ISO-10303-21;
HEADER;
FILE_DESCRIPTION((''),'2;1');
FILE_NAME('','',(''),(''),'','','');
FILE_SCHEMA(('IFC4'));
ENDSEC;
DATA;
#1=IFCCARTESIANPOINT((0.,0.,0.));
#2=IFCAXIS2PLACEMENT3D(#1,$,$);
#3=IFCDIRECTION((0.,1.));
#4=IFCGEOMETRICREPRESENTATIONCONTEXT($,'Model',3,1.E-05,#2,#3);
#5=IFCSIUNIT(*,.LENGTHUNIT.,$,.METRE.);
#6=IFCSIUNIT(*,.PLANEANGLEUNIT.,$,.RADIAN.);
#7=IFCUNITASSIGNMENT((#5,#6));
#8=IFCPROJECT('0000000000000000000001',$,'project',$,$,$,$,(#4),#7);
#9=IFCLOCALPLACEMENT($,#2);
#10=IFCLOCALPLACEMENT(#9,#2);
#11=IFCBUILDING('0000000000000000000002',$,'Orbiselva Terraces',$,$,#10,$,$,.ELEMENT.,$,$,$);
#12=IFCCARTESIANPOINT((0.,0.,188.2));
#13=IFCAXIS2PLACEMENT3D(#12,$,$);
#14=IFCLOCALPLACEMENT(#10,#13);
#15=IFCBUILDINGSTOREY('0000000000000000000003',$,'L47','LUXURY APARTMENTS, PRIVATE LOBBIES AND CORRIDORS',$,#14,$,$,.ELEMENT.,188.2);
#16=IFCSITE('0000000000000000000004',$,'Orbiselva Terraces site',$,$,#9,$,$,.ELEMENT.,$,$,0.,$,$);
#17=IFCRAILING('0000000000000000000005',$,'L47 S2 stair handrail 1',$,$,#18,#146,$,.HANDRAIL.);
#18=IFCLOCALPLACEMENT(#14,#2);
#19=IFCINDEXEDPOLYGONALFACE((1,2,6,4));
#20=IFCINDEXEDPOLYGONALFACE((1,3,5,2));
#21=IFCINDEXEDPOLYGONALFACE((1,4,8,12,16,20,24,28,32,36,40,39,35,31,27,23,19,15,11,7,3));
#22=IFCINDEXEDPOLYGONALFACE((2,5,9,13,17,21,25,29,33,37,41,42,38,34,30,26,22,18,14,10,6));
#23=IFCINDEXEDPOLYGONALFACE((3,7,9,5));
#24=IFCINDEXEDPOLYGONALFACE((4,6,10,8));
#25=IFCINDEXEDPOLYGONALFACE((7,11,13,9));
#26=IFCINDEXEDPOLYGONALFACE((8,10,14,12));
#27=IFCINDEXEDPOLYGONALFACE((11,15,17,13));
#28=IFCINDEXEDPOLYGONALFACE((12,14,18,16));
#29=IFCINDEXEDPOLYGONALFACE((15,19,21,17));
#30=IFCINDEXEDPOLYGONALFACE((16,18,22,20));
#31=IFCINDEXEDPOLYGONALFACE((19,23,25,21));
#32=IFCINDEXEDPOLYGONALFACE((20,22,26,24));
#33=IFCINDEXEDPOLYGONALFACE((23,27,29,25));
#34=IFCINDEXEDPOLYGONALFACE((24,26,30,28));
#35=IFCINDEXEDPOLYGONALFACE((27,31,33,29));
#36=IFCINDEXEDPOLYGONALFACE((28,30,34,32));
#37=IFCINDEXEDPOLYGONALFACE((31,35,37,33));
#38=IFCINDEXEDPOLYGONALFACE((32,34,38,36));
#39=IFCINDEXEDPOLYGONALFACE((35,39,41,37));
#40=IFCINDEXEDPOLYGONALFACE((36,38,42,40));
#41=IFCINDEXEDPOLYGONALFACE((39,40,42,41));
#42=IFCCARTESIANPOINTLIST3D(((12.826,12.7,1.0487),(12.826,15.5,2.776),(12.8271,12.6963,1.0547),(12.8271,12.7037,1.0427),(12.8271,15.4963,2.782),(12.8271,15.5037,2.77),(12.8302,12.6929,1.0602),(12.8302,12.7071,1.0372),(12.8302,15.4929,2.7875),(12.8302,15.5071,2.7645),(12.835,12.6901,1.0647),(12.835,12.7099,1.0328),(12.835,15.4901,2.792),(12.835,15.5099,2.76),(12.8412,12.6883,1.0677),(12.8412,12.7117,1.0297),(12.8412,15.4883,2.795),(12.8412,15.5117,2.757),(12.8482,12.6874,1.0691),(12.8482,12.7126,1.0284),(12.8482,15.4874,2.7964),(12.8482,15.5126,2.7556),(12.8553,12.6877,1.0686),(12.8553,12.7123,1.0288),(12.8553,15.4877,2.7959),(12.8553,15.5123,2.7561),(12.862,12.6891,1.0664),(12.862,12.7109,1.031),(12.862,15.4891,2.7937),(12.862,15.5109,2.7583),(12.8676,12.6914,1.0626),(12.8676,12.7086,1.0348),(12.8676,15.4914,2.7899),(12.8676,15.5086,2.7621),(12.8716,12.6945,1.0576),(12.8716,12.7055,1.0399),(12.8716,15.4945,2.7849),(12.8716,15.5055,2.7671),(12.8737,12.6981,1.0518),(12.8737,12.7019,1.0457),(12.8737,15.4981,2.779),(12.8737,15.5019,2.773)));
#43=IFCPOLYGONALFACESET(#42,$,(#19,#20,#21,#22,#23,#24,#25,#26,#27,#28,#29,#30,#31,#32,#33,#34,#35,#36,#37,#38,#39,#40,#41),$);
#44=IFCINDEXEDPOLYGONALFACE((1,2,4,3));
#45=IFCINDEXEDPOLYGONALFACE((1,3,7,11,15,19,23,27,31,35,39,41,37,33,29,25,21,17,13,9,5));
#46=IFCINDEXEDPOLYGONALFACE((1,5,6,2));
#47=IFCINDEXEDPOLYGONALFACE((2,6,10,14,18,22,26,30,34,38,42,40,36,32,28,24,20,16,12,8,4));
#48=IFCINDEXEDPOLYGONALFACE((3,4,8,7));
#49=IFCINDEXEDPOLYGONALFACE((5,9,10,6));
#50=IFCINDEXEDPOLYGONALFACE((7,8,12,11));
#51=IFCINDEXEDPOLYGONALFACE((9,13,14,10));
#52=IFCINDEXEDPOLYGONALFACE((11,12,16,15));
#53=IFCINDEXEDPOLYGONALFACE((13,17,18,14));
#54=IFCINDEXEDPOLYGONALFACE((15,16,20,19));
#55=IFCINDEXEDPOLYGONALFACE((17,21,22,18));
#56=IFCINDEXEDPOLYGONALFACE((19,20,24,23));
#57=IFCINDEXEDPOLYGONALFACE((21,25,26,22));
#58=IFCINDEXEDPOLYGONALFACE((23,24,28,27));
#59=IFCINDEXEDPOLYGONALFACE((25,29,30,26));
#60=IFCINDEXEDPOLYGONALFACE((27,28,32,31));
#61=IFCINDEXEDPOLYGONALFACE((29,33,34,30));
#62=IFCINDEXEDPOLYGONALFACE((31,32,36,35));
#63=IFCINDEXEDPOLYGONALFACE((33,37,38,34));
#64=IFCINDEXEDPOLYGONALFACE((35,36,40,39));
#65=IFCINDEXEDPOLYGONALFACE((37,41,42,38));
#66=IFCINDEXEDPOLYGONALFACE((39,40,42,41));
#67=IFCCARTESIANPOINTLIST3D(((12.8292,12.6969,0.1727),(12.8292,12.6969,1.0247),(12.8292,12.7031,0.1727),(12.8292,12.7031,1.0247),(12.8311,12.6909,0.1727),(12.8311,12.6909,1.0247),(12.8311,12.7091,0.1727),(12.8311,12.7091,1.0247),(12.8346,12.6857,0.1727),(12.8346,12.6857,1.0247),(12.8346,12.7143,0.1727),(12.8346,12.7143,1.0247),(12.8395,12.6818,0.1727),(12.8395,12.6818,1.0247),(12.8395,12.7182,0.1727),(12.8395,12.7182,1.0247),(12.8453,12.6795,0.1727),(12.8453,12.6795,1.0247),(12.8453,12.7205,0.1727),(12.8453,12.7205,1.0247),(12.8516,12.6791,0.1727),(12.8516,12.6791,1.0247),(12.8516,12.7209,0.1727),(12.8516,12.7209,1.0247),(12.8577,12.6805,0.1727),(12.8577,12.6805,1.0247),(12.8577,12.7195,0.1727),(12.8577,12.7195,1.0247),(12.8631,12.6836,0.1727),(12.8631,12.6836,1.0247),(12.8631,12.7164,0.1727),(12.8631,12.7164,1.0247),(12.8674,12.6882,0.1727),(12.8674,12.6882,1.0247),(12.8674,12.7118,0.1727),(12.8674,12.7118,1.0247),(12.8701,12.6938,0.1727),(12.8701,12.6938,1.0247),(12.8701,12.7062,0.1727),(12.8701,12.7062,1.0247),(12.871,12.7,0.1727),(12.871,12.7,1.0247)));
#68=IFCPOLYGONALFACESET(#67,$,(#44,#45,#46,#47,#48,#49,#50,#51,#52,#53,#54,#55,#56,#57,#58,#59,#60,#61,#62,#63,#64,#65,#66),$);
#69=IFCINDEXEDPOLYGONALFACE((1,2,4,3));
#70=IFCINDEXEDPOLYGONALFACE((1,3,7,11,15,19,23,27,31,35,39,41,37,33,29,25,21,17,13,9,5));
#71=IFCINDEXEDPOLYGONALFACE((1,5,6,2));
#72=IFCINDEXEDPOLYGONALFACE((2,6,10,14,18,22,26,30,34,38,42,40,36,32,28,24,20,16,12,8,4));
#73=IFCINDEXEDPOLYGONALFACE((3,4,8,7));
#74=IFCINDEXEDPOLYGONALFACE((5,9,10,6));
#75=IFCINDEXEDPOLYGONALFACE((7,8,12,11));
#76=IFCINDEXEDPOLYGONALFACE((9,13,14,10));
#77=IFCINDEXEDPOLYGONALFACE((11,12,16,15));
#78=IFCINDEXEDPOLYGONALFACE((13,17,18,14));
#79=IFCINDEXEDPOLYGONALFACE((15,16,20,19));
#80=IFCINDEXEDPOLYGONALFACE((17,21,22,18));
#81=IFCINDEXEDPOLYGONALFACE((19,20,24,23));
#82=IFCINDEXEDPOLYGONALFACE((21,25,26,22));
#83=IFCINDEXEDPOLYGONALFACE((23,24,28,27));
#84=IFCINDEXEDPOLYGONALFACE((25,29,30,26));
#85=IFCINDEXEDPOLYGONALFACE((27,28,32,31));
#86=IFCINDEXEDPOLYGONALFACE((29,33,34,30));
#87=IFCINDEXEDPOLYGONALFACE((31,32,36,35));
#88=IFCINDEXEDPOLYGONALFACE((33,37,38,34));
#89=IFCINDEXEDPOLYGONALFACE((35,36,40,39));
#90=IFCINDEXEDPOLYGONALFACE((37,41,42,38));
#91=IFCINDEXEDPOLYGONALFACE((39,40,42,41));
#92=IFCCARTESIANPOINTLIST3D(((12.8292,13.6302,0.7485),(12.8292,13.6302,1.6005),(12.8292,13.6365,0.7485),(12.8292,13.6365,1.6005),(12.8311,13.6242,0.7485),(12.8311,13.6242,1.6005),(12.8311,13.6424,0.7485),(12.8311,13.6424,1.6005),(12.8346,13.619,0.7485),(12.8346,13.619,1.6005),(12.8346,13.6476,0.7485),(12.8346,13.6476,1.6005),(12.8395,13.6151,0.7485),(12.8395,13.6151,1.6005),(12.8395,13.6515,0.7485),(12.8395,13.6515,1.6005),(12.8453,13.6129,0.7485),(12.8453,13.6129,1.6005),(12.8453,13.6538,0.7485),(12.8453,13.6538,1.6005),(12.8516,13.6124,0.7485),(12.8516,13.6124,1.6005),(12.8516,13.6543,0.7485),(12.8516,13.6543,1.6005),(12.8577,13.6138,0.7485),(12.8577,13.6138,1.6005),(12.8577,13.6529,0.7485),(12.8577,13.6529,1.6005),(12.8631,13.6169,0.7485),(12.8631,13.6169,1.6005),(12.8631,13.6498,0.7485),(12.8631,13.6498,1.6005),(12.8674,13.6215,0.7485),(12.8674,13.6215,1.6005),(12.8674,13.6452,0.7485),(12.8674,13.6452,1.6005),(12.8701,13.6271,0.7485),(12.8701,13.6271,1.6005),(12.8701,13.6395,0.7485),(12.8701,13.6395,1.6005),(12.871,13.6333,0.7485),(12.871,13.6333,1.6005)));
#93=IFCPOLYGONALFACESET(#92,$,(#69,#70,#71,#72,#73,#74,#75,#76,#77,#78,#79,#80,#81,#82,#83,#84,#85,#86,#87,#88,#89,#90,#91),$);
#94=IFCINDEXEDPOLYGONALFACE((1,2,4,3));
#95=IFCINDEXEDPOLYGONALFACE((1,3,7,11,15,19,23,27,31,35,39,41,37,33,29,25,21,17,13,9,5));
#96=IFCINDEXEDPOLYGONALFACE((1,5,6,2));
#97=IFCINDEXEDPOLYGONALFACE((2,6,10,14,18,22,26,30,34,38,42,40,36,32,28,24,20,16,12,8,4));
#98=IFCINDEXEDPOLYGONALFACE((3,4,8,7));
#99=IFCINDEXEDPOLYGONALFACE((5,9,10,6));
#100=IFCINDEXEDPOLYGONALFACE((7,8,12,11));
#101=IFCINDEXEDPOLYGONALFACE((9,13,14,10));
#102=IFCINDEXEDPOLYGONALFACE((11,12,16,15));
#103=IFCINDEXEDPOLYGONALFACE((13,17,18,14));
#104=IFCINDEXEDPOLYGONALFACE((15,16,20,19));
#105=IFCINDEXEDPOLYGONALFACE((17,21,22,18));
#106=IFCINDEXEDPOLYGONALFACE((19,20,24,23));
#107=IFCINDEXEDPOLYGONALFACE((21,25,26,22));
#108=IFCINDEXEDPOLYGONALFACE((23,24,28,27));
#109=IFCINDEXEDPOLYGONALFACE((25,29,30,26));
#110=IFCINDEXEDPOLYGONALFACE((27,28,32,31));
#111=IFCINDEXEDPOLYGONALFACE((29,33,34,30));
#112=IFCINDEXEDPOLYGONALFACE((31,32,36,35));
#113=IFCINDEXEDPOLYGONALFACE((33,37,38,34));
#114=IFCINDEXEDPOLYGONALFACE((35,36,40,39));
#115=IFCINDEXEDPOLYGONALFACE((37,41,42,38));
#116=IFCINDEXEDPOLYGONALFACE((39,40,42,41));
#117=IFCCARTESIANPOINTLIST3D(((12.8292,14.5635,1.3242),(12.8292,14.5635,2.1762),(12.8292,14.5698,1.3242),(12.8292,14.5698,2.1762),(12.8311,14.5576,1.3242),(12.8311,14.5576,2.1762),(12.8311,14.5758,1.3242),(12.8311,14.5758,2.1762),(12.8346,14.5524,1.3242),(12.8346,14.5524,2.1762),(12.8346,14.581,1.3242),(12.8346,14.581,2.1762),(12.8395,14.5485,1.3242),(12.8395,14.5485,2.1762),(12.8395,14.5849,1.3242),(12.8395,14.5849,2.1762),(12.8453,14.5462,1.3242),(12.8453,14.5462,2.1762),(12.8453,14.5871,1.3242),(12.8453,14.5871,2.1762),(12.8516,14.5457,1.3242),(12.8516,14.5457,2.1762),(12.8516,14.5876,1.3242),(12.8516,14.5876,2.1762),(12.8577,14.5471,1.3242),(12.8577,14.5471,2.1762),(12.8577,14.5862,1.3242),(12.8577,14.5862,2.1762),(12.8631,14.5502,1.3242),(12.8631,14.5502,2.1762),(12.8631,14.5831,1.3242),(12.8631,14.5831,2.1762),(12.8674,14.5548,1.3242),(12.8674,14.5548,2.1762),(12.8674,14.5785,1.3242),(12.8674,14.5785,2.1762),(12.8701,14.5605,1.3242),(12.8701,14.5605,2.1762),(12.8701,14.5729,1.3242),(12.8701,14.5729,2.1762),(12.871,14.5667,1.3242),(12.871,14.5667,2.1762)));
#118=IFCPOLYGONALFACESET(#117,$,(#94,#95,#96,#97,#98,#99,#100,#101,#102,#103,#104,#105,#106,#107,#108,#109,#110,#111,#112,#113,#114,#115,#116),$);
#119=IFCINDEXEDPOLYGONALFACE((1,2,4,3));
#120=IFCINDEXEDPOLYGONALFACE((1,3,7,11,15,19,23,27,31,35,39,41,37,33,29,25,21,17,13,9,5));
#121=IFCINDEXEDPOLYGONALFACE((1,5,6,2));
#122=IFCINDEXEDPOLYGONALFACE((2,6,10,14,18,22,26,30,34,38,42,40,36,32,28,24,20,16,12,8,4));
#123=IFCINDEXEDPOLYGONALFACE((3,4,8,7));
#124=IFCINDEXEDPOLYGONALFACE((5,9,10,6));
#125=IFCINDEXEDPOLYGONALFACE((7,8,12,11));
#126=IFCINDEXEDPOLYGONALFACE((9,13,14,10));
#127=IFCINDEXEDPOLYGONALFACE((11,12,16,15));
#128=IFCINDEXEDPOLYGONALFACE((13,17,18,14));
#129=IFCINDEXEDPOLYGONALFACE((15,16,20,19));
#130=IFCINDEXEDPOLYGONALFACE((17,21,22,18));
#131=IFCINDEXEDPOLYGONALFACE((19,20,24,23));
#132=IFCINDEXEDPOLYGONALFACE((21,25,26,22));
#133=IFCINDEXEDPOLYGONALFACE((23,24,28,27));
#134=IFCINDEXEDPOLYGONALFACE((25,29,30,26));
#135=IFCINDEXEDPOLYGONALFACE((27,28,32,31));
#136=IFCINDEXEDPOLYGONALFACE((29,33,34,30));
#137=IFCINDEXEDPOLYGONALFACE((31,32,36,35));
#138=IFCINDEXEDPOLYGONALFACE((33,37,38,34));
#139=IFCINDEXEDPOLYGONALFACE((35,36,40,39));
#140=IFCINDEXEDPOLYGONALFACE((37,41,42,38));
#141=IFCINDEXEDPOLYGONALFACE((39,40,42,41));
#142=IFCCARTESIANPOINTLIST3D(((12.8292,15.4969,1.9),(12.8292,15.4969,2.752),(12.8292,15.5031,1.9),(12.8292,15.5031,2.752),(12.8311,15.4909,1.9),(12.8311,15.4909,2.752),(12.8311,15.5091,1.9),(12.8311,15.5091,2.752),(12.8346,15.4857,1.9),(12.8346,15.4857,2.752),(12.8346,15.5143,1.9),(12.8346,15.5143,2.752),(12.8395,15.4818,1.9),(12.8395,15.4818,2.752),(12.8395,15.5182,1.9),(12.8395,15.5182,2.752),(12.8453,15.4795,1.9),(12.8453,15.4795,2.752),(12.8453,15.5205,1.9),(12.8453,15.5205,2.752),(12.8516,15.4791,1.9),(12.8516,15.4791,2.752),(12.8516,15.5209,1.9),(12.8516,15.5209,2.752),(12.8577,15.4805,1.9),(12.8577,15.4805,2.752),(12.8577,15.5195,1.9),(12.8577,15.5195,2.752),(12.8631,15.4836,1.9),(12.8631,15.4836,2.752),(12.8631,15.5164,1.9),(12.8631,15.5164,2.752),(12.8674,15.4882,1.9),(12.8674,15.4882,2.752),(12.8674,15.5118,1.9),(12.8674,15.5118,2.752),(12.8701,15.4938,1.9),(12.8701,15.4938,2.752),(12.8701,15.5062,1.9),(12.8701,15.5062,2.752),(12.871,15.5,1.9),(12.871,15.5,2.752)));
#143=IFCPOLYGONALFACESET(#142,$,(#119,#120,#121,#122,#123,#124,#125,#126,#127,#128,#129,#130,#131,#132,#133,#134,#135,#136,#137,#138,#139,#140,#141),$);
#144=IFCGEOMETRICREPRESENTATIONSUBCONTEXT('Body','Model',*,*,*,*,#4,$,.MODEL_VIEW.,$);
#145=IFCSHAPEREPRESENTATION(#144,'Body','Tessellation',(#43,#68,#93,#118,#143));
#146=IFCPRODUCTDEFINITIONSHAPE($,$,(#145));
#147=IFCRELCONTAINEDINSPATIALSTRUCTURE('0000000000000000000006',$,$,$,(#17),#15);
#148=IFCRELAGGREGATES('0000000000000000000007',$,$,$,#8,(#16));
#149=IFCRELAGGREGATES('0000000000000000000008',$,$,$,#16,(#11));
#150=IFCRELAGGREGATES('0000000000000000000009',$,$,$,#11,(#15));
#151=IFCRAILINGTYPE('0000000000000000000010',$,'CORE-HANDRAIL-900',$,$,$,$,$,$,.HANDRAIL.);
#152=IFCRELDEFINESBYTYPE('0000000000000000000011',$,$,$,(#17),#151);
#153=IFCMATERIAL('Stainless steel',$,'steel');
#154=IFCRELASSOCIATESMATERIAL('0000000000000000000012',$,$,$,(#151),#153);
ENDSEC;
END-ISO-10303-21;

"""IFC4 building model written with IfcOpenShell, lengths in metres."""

from ifc_helpers import new_model, si_unit, direction, frame, origin, origin_2d, place, context, subcontext, project, spatial, circle, extrude, material, type_object, element, save


model = new_model("IFC4")

# Units and contexts
model_context = context("Model", 3, precision=1e-05, world=origin(), true_north=direction((0.0, 1.0)))
body_context = subcontext(model_context, "Body", "Model", "MODEL_VIEW")
ifc_project = project(units=[si_unit("LENGTHUNIT", "METRE"), si_unit("PLANEANGLEUNIT", "RADIAN")], contexts=[model_context])

# Site, building, storey
site_placement = place(None, origin())
site = spatial("IfcSite", under=ifc_project, at=site_placement, Name="Orbiselva Terraces site", CompositionType="ELEMENT", RefElevation=0.0)
building_placement = place(site_placement, origin())
building = spatial("IfcBuilding", under=site, at=building_placement, Name="Orbiselva Terraces", CompositionType="ELEMENT")
storey_placement = place(building_placement, frame((0.0, 0.0, 188.2)))
storey = spatial("IfcBuildingStorey", under=building, at=storey_placement, Name="L47", Description="LUXURY APARTMENTS, PRIVATE LOBBIES AND CORRIDORS", CompositionType="ELEMENT", Elevation=188.2)

# Railing
ifc_material_1 = material(Name="Stainless steel", Category="steel")
railing_type_1 = type_object("IfcRailingType", Name="CORE-HANDRAIL-900", PredefinedType="HANDRAIL", material=ifc_material_1)
railing_1_placement = place(storey_placement, frame((12.85, 12.7, 0.1727)))
element("IfcRailing", 1, at=railing_1_placement, inside=storey, type_object=railing_type_1, Name="L47 S2 stair handrail 1", PredefinedType="HANDRAIL", context=body_context, shape_type="SweptSolid", body=[
    extrude(circle(Radius=0.024, at=origin_2d()), frame((0.0, 0.0, 0.876), z_axis=(0.0, 0.851089, 0.525022), x_axis=(-1.0, 0.0, 0.0)), (0.0, 0.0, 1.0), 3.2899),
    extrude(circle(Radius=0.021, at=origin_2d()), origin(), (0.0, 0.0, 1.0), 0.852),
    extrude(circle(Radius=0.021, at=origin_2d()), frame((0.0, 0.9333, 0.5758)), (0.0, 0.0, 1.0), 0.852),
    extrude(circle(Radius=0.021, at=origin_2d()), frame((0.0, 1.8667, 1.1515)), (0.0, 0.0, 1.0), 0.852),
    extrude(circle(Radius=0.021, at=origin_2d()), frame((0.0, 2.8, 1.7273)), (0.0, 0.0, 1.0), 0.852),
])

save(model, "model.ifc")
